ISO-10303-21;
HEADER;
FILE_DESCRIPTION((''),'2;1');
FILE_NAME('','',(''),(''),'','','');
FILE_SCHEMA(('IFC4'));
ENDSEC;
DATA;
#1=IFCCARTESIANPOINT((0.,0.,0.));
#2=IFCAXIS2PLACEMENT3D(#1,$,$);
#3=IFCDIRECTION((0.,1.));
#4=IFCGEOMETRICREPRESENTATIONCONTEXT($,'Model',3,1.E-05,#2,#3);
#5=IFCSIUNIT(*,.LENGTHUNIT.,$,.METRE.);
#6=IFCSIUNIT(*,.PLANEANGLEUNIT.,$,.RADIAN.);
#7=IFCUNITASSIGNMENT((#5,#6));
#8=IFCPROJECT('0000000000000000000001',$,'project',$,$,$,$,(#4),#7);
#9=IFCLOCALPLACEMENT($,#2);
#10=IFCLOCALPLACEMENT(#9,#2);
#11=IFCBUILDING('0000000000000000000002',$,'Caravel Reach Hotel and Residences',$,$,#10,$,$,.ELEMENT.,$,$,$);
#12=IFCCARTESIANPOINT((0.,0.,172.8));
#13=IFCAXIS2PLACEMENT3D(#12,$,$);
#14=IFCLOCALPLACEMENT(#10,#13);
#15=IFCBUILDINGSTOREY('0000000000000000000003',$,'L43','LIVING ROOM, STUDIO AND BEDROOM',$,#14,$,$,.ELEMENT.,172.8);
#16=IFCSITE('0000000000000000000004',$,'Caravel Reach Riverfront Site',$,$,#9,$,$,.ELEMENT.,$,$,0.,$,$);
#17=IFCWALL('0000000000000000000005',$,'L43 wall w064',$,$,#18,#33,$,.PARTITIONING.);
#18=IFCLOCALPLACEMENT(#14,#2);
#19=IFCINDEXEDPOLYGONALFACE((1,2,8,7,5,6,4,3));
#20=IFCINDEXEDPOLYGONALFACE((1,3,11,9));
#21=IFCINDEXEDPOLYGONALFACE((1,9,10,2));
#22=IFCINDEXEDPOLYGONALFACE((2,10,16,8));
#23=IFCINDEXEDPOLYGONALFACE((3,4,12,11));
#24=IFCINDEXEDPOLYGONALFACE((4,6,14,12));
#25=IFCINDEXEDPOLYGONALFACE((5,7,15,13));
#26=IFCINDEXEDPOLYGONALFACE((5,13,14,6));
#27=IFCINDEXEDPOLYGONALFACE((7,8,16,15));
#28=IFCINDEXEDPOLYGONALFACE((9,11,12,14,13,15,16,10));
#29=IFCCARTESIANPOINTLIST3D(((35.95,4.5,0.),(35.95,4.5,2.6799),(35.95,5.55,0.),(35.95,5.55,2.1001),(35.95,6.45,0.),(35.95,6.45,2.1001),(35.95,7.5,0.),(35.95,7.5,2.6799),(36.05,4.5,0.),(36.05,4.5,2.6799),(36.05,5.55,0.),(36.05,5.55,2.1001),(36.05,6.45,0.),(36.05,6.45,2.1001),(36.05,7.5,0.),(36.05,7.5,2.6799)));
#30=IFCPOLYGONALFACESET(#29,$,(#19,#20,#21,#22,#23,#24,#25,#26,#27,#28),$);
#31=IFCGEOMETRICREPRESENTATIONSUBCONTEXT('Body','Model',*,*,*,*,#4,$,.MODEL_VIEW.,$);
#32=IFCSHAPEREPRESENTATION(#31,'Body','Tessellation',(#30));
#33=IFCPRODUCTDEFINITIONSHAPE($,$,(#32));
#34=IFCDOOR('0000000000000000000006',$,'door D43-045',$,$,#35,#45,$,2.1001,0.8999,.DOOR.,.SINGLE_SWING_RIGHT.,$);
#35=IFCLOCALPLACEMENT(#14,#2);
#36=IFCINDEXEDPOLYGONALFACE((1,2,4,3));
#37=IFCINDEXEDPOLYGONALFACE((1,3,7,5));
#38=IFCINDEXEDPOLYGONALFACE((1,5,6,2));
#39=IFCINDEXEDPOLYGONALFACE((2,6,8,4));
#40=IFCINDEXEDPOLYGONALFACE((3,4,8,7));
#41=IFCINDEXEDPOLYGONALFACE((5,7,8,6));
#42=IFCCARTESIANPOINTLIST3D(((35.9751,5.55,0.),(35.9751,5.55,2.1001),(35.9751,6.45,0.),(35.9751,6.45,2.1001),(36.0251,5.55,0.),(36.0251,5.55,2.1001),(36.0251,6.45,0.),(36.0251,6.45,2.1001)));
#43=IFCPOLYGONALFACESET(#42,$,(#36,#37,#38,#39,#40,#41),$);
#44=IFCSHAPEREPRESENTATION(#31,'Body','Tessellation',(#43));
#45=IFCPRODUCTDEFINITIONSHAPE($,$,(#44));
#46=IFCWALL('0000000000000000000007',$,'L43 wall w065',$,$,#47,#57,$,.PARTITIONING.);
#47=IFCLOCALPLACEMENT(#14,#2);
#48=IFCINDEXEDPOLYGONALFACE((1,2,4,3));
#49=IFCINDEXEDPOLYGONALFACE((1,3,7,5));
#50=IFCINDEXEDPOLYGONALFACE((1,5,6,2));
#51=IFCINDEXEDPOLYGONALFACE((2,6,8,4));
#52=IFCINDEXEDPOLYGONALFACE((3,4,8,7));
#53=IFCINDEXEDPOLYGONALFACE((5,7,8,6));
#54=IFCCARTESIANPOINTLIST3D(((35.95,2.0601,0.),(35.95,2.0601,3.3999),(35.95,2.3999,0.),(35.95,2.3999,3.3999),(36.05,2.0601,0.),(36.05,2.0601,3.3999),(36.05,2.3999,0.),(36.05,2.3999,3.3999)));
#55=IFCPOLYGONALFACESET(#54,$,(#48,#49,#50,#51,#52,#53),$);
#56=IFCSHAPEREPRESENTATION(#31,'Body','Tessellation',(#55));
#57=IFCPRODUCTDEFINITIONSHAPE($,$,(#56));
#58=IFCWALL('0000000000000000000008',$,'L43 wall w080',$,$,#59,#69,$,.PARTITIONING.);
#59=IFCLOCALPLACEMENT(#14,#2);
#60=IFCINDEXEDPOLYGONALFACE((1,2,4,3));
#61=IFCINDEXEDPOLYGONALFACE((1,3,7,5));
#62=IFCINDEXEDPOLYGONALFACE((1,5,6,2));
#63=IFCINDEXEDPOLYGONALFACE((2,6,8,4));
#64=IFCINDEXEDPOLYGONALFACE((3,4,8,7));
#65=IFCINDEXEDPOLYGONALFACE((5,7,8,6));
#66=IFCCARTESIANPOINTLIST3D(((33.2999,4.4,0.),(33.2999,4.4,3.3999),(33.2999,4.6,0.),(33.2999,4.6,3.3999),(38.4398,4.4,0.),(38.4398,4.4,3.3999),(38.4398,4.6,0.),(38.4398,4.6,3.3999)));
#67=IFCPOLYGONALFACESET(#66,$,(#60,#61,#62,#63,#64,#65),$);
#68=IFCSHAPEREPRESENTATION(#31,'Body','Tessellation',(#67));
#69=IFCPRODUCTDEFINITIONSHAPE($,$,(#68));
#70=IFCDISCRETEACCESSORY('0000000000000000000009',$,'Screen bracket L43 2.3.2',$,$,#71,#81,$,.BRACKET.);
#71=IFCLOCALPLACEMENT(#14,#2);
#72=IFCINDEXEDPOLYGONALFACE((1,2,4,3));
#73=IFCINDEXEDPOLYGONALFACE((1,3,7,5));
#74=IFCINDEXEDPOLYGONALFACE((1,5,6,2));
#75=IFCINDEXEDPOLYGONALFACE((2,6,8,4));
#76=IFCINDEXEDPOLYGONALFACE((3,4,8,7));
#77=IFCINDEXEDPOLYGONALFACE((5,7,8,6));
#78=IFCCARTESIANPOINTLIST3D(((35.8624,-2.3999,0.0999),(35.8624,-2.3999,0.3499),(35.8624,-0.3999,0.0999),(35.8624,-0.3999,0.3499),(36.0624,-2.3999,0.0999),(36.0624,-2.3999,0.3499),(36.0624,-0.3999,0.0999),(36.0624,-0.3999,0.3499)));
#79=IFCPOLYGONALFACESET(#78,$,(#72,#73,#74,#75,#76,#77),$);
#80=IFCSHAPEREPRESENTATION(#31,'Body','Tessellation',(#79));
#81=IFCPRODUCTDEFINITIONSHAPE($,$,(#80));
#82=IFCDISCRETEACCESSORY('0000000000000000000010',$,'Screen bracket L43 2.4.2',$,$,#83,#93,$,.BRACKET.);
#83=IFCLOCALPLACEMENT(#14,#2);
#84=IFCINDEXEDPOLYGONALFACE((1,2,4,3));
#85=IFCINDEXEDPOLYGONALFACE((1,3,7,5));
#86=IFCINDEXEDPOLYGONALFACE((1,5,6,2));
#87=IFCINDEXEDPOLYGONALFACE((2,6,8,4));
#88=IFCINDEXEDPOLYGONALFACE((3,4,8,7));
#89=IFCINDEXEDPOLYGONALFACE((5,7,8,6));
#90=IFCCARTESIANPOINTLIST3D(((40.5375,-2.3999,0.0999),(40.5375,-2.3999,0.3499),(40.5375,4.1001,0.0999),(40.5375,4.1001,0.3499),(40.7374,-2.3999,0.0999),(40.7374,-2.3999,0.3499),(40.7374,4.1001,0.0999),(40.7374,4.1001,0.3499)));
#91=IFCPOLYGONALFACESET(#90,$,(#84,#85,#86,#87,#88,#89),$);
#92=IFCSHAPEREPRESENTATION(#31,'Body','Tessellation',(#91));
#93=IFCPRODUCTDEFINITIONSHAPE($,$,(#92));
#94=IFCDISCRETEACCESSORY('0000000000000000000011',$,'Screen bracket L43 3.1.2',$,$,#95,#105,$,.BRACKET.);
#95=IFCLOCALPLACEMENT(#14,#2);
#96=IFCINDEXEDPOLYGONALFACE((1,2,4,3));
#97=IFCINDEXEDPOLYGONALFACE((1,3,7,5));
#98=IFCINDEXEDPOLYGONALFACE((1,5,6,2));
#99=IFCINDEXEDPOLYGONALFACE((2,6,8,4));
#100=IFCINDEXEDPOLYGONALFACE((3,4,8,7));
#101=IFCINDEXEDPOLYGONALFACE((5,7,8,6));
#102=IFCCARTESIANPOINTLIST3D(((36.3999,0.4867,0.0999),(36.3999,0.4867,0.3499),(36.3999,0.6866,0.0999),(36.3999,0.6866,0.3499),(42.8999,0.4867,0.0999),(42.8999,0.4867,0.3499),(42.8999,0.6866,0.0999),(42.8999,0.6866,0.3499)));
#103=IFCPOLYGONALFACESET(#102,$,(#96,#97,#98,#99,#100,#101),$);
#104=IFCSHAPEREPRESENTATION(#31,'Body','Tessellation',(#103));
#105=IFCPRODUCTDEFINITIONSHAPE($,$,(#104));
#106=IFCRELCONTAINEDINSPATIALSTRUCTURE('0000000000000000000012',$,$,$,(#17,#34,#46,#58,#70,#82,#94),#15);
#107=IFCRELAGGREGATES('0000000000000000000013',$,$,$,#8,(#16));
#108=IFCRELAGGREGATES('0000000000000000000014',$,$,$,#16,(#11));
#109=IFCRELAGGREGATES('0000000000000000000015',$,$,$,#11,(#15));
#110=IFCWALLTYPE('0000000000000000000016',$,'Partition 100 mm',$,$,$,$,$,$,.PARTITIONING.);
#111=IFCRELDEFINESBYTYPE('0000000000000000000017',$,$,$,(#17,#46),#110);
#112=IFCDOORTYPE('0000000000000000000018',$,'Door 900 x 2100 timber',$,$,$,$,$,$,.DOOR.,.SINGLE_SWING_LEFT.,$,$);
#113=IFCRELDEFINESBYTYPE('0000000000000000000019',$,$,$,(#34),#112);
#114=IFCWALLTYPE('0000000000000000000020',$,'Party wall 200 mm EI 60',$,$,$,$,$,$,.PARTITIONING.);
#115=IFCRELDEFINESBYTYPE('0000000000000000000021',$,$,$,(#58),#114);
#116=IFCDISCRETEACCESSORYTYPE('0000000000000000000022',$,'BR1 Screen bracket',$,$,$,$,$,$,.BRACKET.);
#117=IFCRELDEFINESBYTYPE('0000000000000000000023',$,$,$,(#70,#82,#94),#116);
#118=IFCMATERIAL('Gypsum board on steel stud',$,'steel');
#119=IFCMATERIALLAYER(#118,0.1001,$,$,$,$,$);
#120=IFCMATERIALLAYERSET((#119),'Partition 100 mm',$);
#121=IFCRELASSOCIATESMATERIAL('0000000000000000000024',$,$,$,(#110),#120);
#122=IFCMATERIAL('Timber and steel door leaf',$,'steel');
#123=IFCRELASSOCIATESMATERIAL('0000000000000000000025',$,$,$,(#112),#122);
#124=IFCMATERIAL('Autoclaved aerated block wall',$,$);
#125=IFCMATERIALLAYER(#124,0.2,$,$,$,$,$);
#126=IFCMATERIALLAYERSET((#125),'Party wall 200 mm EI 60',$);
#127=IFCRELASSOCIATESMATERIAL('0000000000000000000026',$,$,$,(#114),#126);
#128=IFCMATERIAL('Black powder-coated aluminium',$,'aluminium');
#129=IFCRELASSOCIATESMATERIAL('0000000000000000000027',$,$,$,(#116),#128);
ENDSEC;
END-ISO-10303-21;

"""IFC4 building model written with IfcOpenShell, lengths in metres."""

from ifc_helpers import new_model, si_unit, direction, frame, frame_2d, origin, origin_2d, place, context, subcontext, project, spatial, rectangle, extrude, material, layer, layer_set, type_object, element, fill, save


model = new_model("IFC4")

# Units and contexts
model_context = context("Model", 3, precision=1e-05, world=origin(), true_north=direction((0.0, 1.0)))
body_context = subcontext(model_context, "Body", "Model", "MODEL_VIEW")
ifc_project = project(units=[si_unit("LENGTHUNIT", "METRE"), si_unit("PLANEANGLEUNIT", "RADIAN")], contexts=[model_context])

# Site, building, storey
site_placement = place(None, origin())
site = spatial("IfcSite", under=ifc_project, at=site_placement, Name="Caravel Reach Riverfront Site", CompositionType="ELEMENT", RefElevation=0.0)
building_placement = place(site_placement, origin())
building = spatial("IfcBuilding", under=site, at=building_placement, Name="Caravel Reach Hotel and Residences", CompositionType="ELEMENT")
storey_placement = place(building_placement, frame((0.0, 0.0, 172.8)))
storey = spatial("IfcBuildingStorey", under=building, at=storey_placement, Name="L43", Description="LIVING ROOM, STUDIO AND BEDROOM", CompositionType="ELEMENT", Elevation=172.8)

# Shared definitions
ifc_material_1 = material(Name="Gypsum board on steel stud", Category="steel")
ifc_layer_1 = layer(ifc_material_1, 0.1001)
ifc_layer_set_1 = layer_set([ifc_layer_1], Name="Partition 100 mm")
wall_type_1 = type_object("IfcWallType", Name="Partition 100 mm", PredefinedType="PARTITIONING", material=ifc_layer_set_1)
ifc_material_2 = material(Name="Timber and steel door leaf", Category="steel")
door_type_1 = type_object("IfcDoorType", Name="Door 900 x 2100 timber", OperationType="SINGLE_SWING_LEFT", PredefinedType="DOOR", material=ifc_material_2)

# Wall, opening, door
wall_1_placement = place(storey_placement, frame((36.0, 4.5, 0.0), z_axis=(0.0, 0.0, 1.0), x_axis=(0.0, 1.0, 0.0)))
wall_1 = element("IfcWall", 1, at=wall_1_placement, inside=storey, type_object=wall_type_1, Name="L43 wall w064", PredefinedType="PARTITIONING", context=body_context, shape_type="SweptSolid", body=[
    extrude(rectangle(XDim=3.0, YDim=0.1001, at=frame_2d((1.5, 0.0))), origin(), (0.0, 0.0, 1.0), 2.6799),
])
opening_1_placement = place(wall_1_placement, frame((1.05, 0.0, 0.0)))
opening_1 = element("IfcOpeningElement", 2, at=opening_1_placement, cuts=wall_1, PredefinedType="OPENING", context=body_context, shape_type="SweptSolid", body=[
    extrude(rectangle(XDim=0.8999, YDim=2.1001, at=frame_2d((0.45, 1.05))), frame((0.0, 0.0601, 0.0), z_axis=(0.0, -1.0, 0.0), x_axis=(1.0, 0.0, 0.0)), (0.0, 0.0, 1.0), 0.1201),
])
door_1_placement = place(opening_1_placement, origin())
door_1 = element("IfcDoor", 3, at=door_1_placement, inside=storey, type_object=door_type_1, Name="door D43-045", OperationType="SINGLE_SWING_RIGHT", OverallHeight=2.1001, OverallWidth=0.8999, PredefinedType="DOOR", context=body_context, shape_type="SweptSolid", body=[
    extrude(rectangle(XDim=0.8999, YDim=2.1001, at=frame_2d((0.45, 1.05))), frame((0.0, 0.0249, 0.0), z_axis=(0.0, -1.0, 0.0), x_axis=(1.0, 0.0, 0.0)), (0.0, 0.0, 1.0), 0.05),
])
fill(opening_1, door_1)

# Walls
wall_2_placement = place(storey_placement, frame((36.0, 2.0601, 0.0), z_axis=(0.0, 0.0, 1.0), x_axis=(0.0, 1.0, 0.0)))
element("IfcWall", 4, at=wall_2_placement, inside=storey, type_object=wall_type_1, Name="L43 wall w065", PredefinedType="PARTITIONING", context=body_context, shape_type="SweptSolid", body=[
    extrude(rectangle(XDim=0.3398, YDim=0.1001, at=frame_2d((0.1699, 0.0))), origin(), (0.0, 0.0, 1.0), 3.3999),
])
ifc_material_3 = material(Name="Autoclaved aerated block wall")
ifc_layer_2 = layer(ifc_material_3, 0.2)
ifc_layer_set_2 = layer_set([ifc_layer_2], Name="Party wall 200 mm EI 60")
wall_type_2 = type_object("IfcWallType", Name="Party wall 200 mm EI 60", PredefinedType="PARTITIONING", material=ifc_layer_set_2)
wall_3_placement = place(storey_placement, frame((33.3, 4.5, 0.0), z_axis=(0.0, 0.0, 1.0), x_axis=(1.0, 0.0, 0.0)))
element("IfcWall", 5, at=wall_3_placement, inside=storey, type_object=wall_type_2, Name="L43 wall w080", PredefinedType="PARTITIONING", context=body_context, shape_type="SweptSolid", body=[
    extrude(rectangle(XDim=5.1399, YDim=0.2, at=frame_2d((2.5698, 0.0))), origin(), (0.0, 0.0, 1.0), 3.3999),
])

# Discrete accessories
ifc_material_4 = material(Name="Black powder-coated aluminium", Category="aluminium")
discrete_accessory_type = type_object("IfcDiscreteAccessoryType", Name="BR1 Screen bracket", PredefinedType="BRACKET", material=ifc_material_4)
discrete_accessory_placement = place(storey_placement, frame((35.9624, -1.3999, 0.0999), z_axis=(0.0, 0.0, 1.0), x_axis=(0.0, -1.0, 0.0)))
element("IfcDiscreteAccessory", 6, at=discrete_accessory_placement, inside=storey, type_object=discrete_accessory_type, Name="Screen bracket L43 2.3.2", PredefinedType="BRACKET", context=body_context, shape_type="SweptSolid", body=[
    extrude(rectangle(XDim=2.0, YDim=0.2, at=origin_2d()), origin(), (0.0, 0.0, 1.0), 0.25),
])
for number, where, z_axis, x_axis, name in (
    (7, (40.6375, 0.8501, 0.0999), (0.0, 0.0, 1.0), (0.0, -1.0, 0.0), "Screen bracket L43 2.4.2"),
    (8, (39.6499, 0.5867, 0.0999), (0.0, 0.0, 1.0), (1.0, 0.0, 0.0), "Screen bracket L43 3.1.2"),
):
    element("IfcDiscreteAccessory", number, at=place(storey_placement, frame(where, z_axis=z_axis, x_axis=x_axis)), inside=storey, type_object=discrete_accessory_type, Name=name, PredefinedType="BRACKET", context=body_context, shape_type="SweptSolid", body=[
        extrude(rectangle(XDim=6.5, YDim=0.2, at=origin_2d()), origin(), (0.0, 0.0, 1.0), 0.25),
    ])

save(model, "model.ifc")
